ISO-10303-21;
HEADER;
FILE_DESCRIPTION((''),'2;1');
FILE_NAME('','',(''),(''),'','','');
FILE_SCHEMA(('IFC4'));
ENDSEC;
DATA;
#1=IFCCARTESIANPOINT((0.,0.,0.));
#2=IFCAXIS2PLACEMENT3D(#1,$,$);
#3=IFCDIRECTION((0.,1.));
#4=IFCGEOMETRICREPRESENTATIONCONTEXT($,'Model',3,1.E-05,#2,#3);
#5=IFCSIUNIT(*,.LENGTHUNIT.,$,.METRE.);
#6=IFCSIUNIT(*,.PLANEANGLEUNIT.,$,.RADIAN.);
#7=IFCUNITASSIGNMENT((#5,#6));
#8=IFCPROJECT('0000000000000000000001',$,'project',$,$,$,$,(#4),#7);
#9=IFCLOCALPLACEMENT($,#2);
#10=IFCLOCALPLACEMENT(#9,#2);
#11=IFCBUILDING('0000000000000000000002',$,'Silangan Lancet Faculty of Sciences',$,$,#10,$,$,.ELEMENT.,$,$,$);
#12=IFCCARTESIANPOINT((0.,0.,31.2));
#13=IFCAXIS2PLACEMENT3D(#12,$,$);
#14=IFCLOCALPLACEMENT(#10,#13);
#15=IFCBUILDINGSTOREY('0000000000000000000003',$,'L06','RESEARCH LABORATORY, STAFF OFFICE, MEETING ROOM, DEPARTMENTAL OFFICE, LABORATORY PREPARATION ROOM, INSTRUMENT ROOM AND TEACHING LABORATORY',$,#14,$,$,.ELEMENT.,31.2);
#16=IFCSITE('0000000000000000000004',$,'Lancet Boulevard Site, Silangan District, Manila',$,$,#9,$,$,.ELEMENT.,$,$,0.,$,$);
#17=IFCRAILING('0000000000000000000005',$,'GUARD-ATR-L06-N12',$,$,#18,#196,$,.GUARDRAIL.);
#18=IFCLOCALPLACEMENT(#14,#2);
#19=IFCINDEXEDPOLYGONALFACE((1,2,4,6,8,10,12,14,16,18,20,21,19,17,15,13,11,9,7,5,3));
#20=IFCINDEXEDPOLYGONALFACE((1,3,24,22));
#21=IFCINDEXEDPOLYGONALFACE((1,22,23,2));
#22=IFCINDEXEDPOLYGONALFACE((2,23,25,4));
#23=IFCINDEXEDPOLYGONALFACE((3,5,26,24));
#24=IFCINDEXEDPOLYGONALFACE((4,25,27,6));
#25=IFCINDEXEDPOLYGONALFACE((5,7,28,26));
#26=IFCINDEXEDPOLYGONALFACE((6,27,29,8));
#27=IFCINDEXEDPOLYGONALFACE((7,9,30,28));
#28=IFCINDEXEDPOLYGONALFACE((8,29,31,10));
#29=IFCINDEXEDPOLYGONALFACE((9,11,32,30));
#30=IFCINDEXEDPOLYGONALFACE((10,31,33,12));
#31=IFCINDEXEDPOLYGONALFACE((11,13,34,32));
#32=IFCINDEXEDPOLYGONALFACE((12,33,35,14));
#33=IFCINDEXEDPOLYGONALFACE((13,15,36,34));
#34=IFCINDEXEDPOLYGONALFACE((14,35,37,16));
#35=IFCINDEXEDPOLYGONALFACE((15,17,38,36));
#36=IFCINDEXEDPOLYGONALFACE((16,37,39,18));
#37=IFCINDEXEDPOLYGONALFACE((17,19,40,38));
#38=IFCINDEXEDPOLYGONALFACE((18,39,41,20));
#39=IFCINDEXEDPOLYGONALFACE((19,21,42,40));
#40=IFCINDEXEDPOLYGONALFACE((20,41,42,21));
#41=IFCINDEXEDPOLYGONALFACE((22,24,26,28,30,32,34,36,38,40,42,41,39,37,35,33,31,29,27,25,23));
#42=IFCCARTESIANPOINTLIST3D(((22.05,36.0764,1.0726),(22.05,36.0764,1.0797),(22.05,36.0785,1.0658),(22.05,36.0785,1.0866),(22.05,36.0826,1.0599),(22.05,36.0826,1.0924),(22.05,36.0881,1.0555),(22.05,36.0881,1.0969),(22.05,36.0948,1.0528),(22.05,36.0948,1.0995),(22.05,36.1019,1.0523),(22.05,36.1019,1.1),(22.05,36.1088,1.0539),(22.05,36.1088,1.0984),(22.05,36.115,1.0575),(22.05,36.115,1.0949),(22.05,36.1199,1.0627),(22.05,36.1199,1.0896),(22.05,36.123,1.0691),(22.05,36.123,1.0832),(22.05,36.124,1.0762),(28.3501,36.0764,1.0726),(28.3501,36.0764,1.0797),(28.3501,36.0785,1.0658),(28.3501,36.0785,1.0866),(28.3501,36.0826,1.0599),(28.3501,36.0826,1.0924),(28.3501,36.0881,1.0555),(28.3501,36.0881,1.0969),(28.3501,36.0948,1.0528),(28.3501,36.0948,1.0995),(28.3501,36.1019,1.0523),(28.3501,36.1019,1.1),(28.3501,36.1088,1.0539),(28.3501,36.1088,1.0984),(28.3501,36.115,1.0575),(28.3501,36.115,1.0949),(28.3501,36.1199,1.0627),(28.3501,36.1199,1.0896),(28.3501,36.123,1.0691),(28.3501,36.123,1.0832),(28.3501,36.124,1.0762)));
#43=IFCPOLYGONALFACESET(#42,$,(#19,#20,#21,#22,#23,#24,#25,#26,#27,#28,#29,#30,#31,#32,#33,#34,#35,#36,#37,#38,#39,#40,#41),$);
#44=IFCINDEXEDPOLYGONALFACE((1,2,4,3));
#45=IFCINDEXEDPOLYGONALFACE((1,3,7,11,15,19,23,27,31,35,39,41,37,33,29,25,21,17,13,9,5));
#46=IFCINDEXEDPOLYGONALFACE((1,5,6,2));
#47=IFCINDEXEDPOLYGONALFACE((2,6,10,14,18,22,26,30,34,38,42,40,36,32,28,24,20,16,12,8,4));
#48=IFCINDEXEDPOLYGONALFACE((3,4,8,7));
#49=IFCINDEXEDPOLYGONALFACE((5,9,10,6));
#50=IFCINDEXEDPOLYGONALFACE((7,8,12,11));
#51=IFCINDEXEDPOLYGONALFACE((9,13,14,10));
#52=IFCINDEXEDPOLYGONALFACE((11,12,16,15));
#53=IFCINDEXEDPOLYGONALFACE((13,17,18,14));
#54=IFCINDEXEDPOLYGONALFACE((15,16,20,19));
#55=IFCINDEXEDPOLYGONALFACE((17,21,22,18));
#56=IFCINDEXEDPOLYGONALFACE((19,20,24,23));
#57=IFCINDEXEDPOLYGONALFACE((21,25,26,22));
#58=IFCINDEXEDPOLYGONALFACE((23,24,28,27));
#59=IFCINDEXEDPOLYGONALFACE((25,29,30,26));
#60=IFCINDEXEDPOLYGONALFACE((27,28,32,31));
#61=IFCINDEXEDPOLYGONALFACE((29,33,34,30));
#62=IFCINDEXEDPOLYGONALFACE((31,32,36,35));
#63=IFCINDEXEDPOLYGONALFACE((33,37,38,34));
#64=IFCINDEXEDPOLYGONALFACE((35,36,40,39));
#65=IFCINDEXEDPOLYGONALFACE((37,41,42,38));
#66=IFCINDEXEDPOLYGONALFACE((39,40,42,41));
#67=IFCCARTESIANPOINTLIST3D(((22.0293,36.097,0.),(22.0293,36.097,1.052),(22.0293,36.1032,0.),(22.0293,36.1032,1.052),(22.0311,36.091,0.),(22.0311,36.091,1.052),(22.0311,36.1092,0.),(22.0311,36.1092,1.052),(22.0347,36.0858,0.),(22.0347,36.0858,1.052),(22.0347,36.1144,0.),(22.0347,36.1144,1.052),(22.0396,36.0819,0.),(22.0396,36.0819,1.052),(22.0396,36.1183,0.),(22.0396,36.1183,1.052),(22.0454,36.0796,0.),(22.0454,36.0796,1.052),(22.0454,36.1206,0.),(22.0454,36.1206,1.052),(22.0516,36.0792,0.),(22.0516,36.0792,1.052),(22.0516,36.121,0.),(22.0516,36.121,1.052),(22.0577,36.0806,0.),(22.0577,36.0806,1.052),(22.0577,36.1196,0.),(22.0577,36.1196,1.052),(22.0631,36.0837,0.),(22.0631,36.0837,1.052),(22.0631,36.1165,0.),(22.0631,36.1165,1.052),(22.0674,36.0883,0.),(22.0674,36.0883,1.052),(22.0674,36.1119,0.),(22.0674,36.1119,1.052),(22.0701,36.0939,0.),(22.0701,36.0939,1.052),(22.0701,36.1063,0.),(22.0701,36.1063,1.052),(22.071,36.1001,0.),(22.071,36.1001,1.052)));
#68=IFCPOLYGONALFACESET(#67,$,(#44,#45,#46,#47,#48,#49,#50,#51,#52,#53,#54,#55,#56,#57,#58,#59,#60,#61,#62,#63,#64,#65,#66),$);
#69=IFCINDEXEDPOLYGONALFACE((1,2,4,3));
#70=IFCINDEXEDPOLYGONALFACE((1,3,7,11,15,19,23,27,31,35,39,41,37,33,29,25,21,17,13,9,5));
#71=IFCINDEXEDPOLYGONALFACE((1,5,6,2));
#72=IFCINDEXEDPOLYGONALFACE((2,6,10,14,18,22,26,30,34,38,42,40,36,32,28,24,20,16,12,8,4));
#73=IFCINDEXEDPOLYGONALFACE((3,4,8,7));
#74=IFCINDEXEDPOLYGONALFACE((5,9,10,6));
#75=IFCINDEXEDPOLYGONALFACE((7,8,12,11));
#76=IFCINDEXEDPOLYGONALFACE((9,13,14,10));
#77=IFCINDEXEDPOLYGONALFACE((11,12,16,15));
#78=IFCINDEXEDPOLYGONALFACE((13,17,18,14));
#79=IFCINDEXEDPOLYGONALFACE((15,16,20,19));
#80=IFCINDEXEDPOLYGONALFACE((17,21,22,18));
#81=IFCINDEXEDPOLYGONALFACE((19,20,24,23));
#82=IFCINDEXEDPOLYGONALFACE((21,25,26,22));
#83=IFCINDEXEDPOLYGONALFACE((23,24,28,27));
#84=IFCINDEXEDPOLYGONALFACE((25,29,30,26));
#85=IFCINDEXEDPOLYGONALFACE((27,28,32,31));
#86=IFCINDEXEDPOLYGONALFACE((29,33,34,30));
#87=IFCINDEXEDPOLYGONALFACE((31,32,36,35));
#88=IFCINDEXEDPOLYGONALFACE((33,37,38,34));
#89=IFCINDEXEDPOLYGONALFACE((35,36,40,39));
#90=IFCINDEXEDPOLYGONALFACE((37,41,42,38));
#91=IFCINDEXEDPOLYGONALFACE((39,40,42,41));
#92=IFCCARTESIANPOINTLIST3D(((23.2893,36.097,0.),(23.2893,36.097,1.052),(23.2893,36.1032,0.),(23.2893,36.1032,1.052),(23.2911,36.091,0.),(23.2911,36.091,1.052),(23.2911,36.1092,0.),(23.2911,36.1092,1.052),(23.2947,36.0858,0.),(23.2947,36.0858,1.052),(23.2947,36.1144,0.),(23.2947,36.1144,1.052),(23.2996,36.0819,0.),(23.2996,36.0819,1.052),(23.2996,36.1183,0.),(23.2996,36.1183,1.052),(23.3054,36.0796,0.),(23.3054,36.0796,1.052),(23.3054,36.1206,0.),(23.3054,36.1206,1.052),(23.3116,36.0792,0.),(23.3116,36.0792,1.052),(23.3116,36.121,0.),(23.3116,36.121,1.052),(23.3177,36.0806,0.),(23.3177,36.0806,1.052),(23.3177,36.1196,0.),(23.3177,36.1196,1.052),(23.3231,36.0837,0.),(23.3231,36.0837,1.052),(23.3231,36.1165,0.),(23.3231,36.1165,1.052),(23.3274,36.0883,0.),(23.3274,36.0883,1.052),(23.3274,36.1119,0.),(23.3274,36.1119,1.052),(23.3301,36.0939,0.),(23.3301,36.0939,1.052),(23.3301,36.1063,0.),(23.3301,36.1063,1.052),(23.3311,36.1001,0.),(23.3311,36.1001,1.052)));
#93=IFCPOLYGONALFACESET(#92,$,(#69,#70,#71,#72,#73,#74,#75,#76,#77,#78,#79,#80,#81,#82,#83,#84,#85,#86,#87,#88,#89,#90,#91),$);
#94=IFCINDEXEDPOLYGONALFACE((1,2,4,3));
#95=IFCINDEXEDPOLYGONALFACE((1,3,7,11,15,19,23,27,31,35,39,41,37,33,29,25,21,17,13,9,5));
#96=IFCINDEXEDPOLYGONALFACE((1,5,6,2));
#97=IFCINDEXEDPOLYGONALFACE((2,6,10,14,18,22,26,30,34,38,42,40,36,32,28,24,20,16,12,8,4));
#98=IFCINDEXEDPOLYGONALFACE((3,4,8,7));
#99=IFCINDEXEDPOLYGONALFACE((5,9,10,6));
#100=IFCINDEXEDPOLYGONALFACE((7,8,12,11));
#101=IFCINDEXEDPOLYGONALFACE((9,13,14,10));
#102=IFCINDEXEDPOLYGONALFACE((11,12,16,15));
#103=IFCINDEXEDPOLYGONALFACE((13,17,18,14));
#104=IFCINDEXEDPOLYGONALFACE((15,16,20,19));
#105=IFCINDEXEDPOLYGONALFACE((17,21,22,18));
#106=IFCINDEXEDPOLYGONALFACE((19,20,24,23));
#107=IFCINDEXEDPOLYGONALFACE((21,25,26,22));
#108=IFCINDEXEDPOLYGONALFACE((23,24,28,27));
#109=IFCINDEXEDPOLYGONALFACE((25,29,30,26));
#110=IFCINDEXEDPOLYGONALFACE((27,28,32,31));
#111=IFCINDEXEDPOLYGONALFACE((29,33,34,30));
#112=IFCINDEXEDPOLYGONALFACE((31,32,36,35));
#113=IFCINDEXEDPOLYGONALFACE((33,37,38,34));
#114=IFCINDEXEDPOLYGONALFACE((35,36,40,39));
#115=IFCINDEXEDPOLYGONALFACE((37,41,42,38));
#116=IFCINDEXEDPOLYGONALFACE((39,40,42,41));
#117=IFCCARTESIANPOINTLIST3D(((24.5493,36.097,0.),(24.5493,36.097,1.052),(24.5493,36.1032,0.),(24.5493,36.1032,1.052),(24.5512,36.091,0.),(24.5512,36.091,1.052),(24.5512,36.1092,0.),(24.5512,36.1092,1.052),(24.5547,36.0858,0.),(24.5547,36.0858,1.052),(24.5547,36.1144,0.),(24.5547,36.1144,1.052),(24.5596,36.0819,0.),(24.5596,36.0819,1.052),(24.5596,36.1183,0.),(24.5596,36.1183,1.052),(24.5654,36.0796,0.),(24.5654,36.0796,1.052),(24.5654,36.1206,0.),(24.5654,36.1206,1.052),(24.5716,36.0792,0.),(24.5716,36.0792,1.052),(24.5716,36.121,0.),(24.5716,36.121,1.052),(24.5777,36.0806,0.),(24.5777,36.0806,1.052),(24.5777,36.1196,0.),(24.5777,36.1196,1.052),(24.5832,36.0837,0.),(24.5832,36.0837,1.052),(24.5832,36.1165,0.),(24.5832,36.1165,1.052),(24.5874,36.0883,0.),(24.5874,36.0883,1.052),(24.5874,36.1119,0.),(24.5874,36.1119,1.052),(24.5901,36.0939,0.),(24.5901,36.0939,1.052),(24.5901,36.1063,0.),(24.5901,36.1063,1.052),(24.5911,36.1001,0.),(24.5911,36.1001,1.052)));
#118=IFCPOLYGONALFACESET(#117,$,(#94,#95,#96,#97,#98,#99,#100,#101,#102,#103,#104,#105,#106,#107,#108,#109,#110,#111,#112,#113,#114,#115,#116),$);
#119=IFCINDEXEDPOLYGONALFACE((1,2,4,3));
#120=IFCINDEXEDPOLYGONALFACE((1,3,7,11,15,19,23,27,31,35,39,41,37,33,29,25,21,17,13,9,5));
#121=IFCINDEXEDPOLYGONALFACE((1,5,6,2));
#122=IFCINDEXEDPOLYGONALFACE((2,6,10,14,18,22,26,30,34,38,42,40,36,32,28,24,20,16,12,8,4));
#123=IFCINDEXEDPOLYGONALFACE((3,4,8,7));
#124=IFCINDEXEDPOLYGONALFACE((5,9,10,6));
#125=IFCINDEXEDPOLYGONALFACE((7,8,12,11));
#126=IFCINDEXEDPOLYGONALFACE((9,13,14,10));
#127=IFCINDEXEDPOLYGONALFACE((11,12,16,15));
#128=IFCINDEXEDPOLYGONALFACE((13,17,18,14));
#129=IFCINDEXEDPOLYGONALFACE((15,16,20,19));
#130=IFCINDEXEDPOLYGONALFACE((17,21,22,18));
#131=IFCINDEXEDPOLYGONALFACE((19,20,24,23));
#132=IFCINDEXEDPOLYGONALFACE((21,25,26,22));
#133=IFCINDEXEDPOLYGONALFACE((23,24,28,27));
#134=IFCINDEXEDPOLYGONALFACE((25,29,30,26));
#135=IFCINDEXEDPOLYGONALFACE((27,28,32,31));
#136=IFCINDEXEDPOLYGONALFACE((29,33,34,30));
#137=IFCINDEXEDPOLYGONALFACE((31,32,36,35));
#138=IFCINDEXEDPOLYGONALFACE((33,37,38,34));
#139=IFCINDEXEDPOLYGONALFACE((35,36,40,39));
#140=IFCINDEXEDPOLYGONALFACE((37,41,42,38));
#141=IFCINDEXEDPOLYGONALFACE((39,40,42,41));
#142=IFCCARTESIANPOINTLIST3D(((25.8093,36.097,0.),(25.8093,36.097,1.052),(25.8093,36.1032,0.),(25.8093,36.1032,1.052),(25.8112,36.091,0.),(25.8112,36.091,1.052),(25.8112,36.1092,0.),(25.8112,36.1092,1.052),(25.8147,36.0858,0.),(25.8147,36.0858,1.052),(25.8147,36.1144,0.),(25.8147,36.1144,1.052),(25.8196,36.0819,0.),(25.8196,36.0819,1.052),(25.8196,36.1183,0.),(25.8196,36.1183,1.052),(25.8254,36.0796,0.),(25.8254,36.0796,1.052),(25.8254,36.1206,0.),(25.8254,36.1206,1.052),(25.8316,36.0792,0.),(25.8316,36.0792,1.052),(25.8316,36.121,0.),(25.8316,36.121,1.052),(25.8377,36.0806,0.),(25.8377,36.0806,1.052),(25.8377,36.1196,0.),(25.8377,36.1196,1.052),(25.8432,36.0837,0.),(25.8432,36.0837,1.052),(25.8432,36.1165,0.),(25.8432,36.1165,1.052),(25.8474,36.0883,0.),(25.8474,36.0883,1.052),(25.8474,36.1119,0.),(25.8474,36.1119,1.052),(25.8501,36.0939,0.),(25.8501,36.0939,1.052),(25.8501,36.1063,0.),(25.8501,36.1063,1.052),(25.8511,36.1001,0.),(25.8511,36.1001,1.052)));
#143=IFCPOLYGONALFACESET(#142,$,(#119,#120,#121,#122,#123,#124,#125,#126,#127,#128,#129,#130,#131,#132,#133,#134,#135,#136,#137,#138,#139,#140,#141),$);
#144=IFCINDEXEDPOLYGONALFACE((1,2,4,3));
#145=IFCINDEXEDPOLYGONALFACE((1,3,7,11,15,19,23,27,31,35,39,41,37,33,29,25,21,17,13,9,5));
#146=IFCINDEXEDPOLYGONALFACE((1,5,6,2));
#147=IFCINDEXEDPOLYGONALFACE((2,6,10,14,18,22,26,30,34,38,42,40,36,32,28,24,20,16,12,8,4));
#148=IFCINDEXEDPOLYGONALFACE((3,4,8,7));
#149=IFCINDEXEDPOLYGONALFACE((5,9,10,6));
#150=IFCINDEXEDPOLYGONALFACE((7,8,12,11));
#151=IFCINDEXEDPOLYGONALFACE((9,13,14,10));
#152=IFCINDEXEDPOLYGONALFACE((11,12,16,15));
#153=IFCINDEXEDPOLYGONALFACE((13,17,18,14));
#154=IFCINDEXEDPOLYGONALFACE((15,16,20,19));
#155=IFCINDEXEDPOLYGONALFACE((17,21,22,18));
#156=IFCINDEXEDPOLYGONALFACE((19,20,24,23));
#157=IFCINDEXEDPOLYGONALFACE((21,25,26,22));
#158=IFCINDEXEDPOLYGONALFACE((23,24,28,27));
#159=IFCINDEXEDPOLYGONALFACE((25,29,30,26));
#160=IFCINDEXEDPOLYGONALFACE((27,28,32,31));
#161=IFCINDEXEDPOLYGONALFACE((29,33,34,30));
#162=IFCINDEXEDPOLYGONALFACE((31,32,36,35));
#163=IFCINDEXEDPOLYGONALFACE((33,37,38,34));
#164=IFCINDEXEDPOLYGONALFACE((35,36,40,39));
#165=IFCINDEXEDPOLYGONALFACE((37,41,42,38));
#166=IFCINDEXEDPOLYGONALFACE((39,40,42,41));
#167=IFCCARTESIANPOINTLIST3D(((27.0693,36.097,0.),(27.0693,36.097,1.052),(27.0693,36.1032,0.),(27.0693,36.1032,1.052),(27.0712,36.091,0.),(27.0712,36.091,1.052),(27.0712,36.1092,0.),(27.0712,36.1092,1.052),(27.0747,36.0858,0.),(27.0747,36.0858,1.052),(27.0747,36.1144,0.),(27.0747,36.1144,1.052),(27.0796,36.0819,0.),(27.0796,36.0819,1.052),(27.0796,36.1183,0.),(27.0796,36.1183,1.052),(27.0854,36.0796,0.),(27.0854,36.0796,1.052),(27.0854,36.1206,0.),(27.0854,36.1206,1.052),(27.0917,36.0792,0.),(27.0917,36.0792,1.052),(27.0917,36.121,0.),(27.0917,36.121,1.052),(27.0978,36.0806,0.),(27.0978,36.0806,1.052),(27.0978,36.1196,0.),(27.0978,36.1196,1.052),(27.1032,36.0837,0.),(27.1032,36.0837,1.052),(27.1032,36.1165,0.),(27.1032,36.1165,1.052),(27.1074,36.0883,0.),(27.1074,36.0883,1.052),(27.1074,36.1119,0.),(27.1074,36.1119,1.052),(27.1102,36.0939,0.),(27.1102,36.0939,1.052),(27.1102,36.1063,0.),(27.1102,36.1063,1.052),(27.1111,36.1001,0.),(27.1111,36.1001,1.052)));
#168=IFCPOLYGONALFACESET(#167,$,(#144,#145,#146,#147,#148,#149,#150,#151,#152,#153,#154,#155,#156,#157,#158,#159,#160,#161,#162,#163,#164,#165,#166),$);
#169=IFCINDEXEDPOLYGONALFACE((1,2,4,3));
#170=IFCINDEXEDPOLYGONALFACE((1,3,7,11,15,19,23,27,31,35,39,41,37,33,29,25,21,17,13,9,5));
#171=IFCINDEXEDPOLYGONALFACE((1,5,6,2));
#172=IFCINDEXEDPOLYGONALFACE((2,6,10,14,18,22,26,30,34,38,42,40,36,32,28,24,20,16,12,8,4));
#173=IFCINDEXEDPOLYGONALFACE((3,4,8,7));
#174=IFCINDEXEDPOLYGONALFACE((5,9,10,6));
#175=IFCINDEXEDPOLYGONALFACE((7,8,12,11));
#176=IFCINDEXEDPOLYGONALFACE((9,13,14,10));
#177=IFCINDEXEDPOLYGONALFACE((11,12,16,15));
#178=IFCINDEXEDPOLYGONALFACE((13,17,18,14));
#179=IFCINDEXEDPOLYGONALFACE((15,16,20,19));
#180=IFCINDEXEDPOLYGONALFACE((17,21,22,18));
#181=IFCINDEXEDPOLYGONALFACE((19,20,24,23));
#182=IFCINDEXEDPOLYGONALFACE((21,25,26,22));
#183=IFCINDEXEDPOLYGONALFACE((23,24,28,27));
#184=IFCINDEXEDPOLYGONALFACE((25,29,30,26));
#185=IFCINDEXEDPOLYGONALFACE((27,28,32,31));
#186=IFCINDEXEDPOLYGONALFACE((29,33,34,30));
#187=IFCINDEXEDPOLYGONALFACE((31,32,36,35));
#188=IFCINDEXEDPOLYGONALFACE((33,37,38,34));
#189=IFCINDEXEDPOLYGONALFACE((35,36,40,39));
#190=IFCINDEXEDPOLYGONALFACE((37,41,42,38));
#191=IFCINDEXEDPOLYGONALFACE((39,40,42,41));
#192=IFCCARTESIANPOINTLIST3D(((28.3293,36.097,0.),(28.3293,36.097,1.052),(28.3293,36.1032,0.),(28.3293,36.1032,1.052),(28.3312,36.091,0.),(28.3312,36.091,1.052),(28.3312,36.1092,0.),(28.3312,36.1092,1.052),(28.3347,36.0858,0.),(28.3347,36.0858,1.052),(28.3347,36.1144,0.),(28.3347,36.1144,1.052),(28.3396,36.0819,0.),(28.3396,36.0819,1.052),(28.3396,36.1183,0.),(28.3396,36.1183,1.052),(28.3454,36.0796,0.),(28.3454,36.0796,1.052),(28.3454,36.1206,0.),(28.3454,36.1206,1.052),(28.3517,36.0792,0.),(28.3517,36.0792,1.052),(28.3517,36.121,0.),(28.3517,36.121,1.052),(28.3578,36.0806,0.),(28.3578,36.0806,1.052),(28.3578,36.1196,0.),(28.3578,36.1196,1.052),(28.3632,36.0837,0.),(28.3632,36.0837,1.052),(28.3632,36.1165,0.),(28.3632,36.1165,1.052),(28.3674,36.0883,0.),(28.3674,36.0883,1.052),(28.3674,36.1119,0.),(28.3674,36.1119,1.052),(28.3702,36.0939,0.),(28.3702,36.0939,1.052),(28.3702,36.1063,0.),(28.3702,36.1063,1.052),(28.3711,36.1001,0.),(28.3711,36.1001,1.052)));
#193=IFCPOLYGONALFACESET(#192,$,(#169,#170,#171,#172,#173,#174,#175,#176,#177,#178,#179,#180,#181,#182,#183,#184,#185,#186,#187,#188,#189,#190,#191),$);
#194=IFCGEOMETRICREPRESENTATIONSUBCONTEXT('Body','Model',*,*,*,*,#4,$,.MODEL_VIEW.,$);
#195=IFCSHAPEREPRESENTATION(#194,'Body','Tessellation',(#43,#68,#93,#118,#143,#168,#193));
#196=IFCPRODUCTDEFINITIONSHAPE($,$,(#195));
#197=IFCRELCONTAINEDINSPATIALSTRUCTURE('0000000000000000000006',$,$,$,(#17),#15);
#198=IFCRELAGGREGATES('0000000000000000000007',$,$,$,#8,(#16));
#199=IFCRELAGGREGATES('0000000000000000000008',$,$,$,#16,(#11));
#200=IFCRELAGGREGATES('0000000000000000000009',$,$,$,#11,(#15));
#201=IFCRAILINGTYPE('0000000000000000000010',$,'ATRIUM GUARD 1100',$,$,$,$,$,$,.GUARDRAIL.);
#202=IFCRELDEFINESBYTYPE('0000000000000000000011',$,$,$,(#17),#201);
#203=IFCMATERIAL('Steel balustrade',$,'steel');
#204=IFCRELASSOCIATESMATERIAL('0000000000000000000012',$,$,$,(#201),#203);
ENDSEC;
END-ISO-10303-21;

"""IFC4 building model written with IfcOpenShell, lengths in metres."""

from ifc_helpers import new_model, si_unit, direction, frame, origin, origin_2d, place, context, subcontext, project, spatial, circle, extrude, material, type_object, element, save


model = new_model("IFC4")

# Units and contexts
model_context = context("Model", 3, precision=1e-05, world=origin(), true_north=direction((0.0, 1.0)))
body_context = subcontext(model_context, "Body", "Model", "MODEL_VIEW")
ifc_project = project(units=[si_unit("LENGTHUNIT", "METRE"), si_unit("PLANEANGLEUNIT", "RADIAN")], contexts=[model_context])

# Site, building, storey
site_placement = place(None, origin())
site = spatial("IfcSite", under=ifc_project, at=site_placement, Name="Lancet Boulevard Site, Silangan District, Manila", CompositionType="ELEMENT", RefElevation=0.0)
building_placement = place(site_placement, origin())
building = spatial("IfcBuilding", under=site, at=building_placement, Name="Silangan Lancet Faculty of Sciences", CompositionType="ELEMENT")
storey_placement = place(building_placement, frame((0.0, 0.0, 31.2)))
storey = spatial("IfcBuildingStorey", under=building, at=storey_placement, Name="L06", Description="RESEARCH LABORATORY, STAFF OFFICE, MEETING ROOM, DEPARTMENTAL OFFICE, LABORATORY PREPARATION ROOM, INSTRUMENT ROOM AND TEACHING LABORATORY", CompositionType="ELEMENT", Elevation=31.2)

# Railing
ifc_material_1 = material(Name="Steel balustrade", Category="steel")
railing_type = type_object("IfcRailingType", Name="ATRIUM GUARD 1100", PredefinedType="GUARDRAIL", material=ifc_material_1)
railing_placement = place(storey_placement, frame((22.05, 36.1001, 0.0)))
element("IfcRailing", 1, at=railing_placement, inside=storey, type_object=railing_type, Name="GUARD-ATR-L06-N12", PredefinedType="GUARDRAIL", context=body_context, shape_type="SweptSolid", body=[
    extrude(circle(Radius=0.0239, at=origin_2d()), frame((0.0, 0.0, 1.0762), z_axis=(1.0, 0.0, 0.0), x_axis=(0.0, 1.0, 0.0)), (0.0, 0.0, 1.0), 6.3),
    extrude(circle(Radius=0.021, at=origin_2d()), origin(), (0.0, 0.0, 1.0), 1.052),
    extrude(circle(Radius=0.021, at=origin_2d()), frame((1.26, 0.0, 0.0)), (0.0, 0.0, 1.0), 1.052),
    extrude(circle(Radius=0.021, at=origin_2d()), frame((2.52, 0.0, 0.0)), (0.0, 0.0, 1.0), 1.052),
    extrude(circle(Radius=0.021, at=origin_2d()), frame((3.78, 0.0, 0.0)), (0.0, 0.0, 1.0), 1.052),
    extrude(circle(Radius=0.021, at=origin_2d()), frame((5.04, 0.0, 0.0)), (0.0, 0.0, 1.0), 1.052),
    extrude(circle(Radius=0.021, at=origin_2d()), frame((6.3, 0.0, 0.0)), (0.0, 0.0, 1.0), 1.052),
])

save(model, "model.ifc")
